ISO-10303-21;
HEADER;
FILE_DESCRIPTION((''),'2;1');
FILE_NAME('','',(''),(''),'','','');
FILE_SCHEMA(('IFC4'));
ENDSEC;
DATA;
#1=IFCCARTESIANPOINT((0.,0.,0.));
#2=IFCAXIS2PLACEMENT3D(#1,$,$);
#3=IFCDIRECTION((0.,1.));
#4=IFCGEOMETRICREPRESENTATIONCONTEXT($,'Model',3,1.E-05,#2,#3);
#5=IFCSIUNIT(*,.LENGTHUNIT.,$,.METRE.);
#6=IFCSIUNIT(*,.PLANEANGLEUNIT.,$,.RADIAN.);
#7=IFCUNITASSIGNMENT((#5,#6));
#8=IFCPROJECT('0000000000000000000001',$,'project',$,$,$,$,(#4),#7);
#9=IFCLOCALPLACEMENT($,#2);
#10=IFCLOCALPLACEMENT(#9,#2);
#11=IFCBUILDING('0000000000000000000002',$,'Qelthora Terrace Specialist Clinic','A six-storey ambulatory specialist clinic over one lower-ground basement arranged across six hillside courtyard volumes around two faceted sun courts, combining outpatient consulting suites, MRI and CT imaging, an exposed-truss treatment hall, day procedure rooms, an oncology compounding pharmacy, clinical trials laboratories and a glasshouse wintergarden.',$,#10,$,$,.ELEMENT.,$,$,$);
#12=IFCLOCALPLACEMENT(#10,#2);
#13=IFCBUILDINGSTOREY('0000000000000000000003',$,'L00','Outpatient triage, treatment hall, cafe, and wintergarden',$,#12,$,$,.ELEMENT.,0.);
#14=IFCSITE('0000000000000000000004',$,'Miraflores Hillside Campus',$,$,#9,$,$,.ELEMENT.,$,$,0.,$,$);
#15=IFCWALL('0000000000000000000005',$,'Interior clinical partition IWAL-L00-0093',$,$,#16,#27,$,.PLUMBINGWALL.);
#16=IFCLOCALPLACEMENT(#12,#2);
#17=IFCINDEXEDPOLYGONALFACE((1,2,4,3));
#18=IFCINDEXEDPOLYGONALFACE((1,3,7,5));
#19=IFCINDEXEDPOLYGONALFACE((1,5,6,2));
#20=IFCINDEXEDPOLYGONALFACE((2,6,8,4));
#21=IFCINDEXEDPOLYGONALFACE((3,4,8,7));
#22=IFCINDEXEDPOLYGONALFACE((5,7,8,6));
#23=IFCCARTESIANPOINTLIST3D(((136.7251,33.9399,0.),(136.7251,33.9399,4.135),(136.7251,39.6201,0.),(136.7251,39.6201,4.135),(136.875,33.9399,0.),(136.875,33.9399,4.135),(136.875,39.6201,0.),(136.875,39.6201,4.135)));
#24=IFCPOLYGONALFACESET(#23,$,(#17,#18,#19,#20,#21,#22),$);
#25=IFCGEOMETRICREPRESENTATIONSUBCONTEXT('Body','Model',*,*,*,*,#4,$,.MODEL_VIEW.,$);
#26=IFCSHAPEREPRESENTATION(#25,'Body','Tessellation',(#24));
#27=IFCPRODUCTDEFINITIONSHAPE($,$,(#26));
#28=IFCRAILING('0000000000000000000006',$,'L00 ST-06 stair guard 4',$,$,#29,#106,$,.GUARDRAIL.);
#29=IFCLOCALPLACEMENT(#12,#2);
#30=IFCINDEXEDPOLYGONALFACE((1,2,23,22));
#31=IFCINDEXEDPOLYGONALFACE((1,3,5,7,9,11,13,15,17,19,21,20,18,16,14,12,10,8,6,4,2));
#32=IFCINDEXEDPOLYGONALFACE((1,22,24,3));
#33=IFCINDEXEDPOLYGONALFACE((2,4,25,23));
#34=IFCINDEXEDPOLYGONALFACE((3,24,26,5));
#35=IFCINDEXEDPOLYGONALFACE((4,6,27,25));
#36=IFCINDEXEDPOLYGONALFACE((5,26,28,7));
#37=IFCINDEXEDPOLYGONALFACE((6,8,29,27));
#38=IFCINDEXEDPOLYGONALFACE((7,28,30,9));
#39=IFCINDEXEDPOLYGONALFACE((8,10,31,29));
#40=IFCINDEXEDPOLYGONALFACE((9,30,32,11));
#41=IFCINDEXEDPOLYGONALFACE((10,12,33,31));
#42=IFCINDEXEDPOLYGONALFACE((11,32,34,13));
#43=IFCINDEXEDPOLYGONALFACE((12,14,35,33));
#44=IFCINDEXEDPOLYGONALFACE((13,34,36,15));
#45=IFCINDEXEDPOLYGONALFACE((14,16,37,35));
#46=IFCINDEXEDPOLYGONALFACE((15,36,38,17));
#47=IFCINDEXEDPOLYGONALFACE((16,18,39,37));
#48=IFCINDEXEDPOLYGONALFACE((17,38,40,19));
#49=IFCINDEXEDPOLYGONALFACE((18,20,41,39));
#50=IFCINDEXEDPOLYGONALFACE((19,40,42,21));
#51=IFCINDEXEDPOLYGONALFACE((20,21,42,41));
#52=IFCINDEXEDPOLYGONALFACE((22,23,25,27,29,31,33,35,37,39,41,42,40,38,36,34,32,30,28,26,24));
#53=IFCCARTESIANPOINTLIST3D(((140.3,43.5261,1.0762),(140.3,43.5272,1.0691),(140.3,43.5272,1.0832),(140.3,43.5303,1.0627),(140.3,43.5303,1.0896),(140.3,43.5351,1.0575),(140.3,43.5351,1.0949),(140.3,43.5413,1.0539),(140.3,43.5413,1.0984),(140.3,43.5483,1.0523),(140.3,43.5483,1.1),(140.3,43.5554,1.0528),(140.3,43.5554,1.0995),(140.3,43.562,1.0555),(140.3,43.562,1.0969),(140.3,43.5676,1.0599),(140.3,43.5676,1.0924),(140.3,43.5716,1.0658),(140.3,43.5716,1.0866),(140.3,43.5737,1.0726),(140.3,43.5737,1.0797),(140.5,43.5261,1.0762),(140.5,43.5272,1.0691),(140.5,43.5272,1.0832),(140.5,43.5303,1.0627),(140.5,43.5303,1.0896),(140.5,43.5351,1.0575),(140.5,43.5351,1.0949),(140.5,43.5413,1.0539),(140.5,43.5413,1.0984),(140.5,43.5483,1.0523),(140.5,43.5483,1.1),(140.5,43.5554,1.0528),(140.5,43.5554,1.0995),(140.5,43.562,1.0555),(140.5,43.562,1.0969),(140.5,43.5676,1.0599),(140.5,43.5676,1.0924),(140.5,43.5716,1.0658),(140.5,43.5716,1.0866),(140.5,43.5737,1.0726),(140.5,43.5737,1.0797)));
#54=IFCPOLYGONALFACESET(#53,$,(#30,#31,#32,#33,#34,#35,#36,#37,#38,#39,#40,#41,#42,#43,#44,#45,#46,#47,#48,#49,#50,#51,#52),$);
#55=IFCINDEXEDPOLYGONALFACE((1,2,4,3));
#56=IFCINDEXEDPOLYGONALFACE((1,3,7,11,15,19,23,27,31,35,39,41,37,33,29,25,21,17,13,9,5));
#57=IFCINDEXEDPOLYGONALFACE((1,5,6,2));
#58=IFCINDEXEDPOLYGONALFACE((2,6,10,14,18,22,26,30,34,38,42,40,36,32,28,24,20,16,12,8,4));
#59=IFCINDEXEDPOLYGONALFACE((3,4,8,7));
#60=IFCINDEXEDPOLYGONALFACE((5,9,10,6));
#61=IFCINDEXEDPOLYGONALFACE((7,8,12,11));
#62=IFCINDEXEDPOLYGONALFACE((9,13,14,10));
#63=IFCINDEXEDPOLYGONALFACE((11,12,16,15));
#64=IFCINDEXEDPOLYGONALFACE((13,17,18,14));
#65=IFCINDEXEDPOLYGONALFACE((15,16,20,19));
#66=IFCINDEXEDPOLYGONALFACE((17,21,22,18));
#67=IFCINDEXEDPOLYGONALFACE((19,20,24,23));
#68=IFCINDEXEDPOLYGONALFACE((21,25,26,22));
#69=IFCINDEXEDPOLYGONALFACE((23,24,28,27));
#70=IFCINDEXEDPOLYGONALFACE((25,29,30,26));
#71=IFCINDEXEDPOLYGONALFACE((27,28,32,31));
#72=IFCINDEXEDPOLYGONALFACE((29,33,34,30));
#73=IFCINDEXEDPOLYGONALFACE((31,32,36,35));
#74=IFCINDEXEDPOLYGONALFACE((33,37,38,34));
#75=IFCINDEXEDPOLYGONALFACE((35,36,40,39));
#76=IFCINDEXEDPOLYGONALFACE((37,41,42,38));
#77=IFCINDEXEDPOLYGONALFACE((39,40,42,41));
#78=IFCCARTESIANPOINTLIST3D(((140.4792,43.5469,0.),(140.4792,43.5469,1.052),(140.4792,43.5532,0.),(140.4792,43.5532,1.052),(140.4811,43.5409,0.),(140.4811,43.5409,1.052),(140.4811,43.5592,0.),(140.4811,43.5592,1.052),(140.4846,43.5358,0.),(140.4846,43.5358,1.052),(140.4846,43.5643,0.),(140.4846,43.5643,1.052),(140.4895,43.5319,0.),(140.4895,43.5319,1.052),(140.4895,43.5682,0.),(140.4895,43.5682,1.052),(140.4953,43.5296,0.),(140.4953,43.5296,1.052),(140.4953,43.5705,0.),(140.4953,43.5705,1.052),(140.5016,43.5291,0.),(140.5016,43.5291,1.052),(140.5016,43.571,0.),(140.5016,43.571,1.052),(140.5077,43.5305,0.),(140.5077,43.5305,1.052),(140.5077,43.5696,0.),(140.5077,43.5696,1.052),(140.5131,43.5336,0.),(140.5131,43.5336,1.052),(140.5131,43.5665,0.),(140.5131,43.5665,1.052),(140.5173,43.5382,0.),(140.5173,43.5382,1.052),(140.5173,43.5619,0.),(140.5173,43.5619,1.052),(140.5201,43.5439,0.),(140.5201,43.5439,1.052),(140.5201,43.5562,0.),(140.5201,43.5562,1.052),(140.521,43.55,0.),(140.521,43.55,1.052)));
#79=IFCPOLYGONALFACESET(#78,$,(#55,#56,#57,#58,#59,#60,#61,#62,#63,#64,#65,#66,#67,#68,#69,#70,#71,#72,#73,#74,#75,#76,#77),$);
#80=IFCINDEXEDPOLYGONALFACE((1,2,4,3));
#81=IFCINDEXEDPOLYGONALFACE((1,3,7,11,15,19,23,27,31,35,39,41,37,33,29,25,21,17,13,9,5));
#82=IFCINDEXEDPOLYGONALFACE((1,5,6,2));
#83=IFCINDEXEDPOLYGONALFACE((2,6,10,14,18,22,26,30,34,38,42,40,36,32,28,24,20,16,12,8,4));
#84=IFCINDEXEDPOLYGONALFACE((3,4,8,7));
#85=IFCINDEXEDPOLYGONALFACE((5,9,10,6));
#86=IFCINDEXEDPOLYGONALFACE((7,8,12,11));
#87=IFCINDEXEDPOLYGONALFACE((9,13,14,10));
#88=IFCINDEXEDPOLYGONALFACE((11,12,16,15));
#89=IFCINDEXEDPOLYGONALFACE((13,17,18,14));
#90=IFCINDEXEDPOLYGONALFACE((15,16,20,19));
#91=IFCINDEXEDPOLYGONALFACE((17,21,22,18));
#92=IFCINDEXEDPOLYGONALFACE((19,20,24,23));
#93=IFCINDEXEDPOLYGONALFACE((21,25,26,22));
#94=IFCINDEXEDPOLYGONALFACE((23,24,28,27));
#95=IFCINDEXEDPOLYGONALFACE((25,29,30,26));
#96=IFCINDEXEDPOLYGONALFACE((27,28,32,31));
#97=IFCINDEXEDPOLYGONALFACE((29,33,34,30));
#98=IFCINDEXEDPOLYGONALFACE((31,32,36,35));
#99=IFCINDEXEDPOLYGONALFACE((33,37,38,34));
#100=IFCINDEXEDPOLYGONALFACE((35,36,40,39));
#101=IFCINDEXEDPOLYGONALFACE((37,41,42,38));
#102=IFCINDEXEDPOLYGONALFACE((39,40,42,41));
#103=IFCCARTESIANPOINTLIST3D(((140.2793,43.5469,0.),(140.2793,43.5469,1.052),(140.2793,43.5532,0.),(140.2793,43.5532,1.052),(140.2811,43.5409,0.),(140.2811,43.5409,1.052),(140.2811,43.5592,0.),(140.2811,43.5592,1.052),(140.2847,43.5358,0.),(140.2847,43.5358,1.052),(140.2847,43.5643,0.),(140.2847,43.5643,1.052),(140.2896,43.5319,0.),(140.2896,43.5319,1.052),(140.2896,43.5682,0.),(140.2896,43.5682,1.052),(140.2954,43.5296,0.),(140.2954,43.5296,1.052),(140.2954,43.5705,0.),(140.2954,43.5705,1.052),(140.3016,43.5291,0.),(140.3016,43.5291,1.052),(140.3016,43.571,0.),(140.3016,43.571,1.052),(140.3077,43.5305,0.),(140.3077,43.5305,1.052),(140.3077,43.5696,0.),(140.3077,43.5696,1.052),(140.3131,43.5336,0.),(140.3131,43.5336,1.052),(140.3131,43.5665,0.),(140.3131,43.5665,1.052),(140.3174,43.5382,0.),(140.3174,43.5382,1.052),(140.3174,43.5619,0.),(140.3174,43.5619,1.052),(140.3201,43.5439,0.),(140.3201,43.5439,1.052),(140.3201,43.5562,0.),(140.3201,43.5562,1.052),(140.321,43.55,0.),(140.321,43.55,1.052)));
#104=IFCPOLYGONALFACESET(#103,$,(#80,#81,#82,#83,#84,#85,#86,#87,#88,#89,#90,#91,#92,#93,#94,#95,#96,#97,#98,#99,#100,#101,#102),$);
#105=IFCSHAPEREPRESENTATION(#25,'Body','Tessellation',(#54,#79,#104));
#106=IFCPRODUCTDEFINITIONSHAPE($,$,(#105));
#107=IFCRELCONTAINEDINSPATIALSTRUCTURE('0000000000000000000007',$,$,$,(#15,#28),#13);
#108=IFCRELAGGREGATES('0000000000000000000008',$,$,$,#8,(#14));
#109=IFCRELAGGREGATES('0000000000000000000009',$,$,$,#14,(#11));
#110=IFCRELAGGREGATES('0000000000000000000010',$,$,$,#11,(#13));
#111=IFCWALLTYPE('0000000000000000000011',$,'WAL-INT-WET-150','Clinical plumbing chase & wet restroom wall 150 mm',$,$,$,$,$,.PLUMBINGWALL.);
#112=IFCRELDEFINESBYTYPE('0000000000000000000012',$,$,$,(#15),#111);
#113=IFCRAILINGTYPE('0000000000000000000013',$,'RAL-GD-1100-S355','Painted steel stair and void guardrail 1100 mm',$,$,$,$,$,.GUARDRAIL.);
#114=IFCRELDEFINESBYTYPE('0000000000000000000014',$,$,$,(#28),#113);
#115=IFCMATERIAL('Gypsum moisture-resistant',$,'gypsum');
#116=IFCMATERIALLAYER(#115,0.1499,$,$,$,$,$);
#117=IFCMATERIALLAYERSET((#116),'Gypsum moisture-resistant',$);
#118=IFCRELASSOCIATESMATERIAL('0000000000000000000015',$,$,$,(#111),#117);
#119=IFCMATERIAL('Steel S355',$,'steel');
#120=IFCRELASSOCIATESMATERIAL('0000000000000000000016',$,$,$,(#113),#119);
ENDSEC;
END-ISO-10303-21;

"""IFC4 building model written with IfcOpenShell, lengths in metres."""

from ifc_helpers import new_model, si_unit, direction, frame, frame_2d, origin, origin_2d, place, context, subcontext, project, spatial, rectangle, circle, extrude, material, layer, layer_set, type_object, element, save


model = new_model("IFC4")

# Units and contexts
model_context = context("Model", 3, precision=1e-05, world=origin(), true_north=direction((0.0, 1.0)))
body_context = subcontext(model_context, "Body", "Model", "MODEL_VIEW")
ifc_project = project(units=[si_unit("LENGTHUNIT", "METRE"), si_unit("PLANEANGLEUNIT", "RADIAN")], contexts=[model_context])

# Site, building, storey
site_placement = place(None, origin())
site = spatial("IfcSite", under=ifc_project, at=site_placement, Name="Miraflores Hillside Campus", CompositionType="ELEMENT", RefElevation=0.0)
building_placement = place(site_placement, origin())
building = spatial("IfcBuilding", under=site, at=building_placement, Name="Qelthora Terrace Specialist Clinic", Description="A six-storey ambulatory specialist clinic over one lower-ground basement arranged across six hillside courtyard volumes around two faceted sun courts, combining outpatient consulting suites, MRI and CT imaging, an exposed-truss treatment hall, day procedure rooms, an oncology compounding pharmacy, clinical trials laboratories and a glasshouse wintergarden.", CompositionType="ELEMENT")
storey_placement = place(building_placement, origin())
storey = spatial("IfcBuildingStorey", under=building, at=storey_placement, Name="L00", Description="Outpatient triage, treatment hall, cafe, and wintergarden", CompositionType="ELEMENT", Elevation=0.0)

# Shared definitions
ifc_material_1 = material(Name="Steel S355", Category="steel")

# Shared definitions
ifc_material_2 = material(Name="Gypsum moisture-resistant", Category="gypsum")
ifc_layer_1 = layer(ifc_material_2, 0.1499)
ifc_layer_set_1 = layer_set([ifc_layer_1], Name="Gypsum moisture-resistant")
wall_type_1 = type_object("IfcWallType", Name="WAL-INT-WET-150", Description="Clinical plumbing chase & wet restroom wall 150 mm", PredefinedType="PLUMBINGWALL", material=ifc_layer_set_1)

# Wall
wall_1_placement = place(storey_placement, frame((136.8, 39.6201, 0.0), z_axis=(0.0, 0.0, 1.0), x_axis=(0.0, -1.0, 0.0)))
element("IfcWall", 1, at=wall_1_placement, inside=storey, type_object=wall_type_1, Name="Interior clinical partition IWAL-L00-0093", PredefinedType="PLUMBINGWALL", context=body_context, shape_type="SweptSolid", body=[
    extrude(rectangle(XDim=5.6802, YDim=0.1499, at=frame_2d((2.8401, 0.0))), origin(), (0.0, 0.0, 1.0), 4.135),
])

# Railing
railing_type = type_object("IfcRailingType", Name="RAL-GD-1100-S355", Description="Painted steel stair and void guardrail 1100 mm", PredefinedType="GUARDRAIL", material=ifc_material_1)
railing_placement = place(storey_placement, frame((140.5, 43.55, 0.0)))
element("IfcRailing", 2, at=railing_placement, inside=storey, type_object=railing_type, Name="L00 ST-06 stair guard 4", PredefinedType="GUARDRAIL", context=body_context, shape_type="SweptSolid", body=[
    extrude(circle(Radius=0.0239, at=origin_2d()), frame((0.0, 0.0, 1.0762), z_axis=(-1.0, 0.0, 0.0), x_axis=(0.0, -1.0, 0.0)), (0.0, 0.0, 1.0), 0.2),
    extrude(circle(Radius=0.021, at=origin_2d()), origin(), (0.0, 0.0, 1.0), 1.052),
    extrude(circle(Radius=0.021, at=origin_2d()), frame((-0.2, 0.0, 0.0)), (0.0, 0.0, 1.0), 1.052),
])

save(model, "model.ifc")
